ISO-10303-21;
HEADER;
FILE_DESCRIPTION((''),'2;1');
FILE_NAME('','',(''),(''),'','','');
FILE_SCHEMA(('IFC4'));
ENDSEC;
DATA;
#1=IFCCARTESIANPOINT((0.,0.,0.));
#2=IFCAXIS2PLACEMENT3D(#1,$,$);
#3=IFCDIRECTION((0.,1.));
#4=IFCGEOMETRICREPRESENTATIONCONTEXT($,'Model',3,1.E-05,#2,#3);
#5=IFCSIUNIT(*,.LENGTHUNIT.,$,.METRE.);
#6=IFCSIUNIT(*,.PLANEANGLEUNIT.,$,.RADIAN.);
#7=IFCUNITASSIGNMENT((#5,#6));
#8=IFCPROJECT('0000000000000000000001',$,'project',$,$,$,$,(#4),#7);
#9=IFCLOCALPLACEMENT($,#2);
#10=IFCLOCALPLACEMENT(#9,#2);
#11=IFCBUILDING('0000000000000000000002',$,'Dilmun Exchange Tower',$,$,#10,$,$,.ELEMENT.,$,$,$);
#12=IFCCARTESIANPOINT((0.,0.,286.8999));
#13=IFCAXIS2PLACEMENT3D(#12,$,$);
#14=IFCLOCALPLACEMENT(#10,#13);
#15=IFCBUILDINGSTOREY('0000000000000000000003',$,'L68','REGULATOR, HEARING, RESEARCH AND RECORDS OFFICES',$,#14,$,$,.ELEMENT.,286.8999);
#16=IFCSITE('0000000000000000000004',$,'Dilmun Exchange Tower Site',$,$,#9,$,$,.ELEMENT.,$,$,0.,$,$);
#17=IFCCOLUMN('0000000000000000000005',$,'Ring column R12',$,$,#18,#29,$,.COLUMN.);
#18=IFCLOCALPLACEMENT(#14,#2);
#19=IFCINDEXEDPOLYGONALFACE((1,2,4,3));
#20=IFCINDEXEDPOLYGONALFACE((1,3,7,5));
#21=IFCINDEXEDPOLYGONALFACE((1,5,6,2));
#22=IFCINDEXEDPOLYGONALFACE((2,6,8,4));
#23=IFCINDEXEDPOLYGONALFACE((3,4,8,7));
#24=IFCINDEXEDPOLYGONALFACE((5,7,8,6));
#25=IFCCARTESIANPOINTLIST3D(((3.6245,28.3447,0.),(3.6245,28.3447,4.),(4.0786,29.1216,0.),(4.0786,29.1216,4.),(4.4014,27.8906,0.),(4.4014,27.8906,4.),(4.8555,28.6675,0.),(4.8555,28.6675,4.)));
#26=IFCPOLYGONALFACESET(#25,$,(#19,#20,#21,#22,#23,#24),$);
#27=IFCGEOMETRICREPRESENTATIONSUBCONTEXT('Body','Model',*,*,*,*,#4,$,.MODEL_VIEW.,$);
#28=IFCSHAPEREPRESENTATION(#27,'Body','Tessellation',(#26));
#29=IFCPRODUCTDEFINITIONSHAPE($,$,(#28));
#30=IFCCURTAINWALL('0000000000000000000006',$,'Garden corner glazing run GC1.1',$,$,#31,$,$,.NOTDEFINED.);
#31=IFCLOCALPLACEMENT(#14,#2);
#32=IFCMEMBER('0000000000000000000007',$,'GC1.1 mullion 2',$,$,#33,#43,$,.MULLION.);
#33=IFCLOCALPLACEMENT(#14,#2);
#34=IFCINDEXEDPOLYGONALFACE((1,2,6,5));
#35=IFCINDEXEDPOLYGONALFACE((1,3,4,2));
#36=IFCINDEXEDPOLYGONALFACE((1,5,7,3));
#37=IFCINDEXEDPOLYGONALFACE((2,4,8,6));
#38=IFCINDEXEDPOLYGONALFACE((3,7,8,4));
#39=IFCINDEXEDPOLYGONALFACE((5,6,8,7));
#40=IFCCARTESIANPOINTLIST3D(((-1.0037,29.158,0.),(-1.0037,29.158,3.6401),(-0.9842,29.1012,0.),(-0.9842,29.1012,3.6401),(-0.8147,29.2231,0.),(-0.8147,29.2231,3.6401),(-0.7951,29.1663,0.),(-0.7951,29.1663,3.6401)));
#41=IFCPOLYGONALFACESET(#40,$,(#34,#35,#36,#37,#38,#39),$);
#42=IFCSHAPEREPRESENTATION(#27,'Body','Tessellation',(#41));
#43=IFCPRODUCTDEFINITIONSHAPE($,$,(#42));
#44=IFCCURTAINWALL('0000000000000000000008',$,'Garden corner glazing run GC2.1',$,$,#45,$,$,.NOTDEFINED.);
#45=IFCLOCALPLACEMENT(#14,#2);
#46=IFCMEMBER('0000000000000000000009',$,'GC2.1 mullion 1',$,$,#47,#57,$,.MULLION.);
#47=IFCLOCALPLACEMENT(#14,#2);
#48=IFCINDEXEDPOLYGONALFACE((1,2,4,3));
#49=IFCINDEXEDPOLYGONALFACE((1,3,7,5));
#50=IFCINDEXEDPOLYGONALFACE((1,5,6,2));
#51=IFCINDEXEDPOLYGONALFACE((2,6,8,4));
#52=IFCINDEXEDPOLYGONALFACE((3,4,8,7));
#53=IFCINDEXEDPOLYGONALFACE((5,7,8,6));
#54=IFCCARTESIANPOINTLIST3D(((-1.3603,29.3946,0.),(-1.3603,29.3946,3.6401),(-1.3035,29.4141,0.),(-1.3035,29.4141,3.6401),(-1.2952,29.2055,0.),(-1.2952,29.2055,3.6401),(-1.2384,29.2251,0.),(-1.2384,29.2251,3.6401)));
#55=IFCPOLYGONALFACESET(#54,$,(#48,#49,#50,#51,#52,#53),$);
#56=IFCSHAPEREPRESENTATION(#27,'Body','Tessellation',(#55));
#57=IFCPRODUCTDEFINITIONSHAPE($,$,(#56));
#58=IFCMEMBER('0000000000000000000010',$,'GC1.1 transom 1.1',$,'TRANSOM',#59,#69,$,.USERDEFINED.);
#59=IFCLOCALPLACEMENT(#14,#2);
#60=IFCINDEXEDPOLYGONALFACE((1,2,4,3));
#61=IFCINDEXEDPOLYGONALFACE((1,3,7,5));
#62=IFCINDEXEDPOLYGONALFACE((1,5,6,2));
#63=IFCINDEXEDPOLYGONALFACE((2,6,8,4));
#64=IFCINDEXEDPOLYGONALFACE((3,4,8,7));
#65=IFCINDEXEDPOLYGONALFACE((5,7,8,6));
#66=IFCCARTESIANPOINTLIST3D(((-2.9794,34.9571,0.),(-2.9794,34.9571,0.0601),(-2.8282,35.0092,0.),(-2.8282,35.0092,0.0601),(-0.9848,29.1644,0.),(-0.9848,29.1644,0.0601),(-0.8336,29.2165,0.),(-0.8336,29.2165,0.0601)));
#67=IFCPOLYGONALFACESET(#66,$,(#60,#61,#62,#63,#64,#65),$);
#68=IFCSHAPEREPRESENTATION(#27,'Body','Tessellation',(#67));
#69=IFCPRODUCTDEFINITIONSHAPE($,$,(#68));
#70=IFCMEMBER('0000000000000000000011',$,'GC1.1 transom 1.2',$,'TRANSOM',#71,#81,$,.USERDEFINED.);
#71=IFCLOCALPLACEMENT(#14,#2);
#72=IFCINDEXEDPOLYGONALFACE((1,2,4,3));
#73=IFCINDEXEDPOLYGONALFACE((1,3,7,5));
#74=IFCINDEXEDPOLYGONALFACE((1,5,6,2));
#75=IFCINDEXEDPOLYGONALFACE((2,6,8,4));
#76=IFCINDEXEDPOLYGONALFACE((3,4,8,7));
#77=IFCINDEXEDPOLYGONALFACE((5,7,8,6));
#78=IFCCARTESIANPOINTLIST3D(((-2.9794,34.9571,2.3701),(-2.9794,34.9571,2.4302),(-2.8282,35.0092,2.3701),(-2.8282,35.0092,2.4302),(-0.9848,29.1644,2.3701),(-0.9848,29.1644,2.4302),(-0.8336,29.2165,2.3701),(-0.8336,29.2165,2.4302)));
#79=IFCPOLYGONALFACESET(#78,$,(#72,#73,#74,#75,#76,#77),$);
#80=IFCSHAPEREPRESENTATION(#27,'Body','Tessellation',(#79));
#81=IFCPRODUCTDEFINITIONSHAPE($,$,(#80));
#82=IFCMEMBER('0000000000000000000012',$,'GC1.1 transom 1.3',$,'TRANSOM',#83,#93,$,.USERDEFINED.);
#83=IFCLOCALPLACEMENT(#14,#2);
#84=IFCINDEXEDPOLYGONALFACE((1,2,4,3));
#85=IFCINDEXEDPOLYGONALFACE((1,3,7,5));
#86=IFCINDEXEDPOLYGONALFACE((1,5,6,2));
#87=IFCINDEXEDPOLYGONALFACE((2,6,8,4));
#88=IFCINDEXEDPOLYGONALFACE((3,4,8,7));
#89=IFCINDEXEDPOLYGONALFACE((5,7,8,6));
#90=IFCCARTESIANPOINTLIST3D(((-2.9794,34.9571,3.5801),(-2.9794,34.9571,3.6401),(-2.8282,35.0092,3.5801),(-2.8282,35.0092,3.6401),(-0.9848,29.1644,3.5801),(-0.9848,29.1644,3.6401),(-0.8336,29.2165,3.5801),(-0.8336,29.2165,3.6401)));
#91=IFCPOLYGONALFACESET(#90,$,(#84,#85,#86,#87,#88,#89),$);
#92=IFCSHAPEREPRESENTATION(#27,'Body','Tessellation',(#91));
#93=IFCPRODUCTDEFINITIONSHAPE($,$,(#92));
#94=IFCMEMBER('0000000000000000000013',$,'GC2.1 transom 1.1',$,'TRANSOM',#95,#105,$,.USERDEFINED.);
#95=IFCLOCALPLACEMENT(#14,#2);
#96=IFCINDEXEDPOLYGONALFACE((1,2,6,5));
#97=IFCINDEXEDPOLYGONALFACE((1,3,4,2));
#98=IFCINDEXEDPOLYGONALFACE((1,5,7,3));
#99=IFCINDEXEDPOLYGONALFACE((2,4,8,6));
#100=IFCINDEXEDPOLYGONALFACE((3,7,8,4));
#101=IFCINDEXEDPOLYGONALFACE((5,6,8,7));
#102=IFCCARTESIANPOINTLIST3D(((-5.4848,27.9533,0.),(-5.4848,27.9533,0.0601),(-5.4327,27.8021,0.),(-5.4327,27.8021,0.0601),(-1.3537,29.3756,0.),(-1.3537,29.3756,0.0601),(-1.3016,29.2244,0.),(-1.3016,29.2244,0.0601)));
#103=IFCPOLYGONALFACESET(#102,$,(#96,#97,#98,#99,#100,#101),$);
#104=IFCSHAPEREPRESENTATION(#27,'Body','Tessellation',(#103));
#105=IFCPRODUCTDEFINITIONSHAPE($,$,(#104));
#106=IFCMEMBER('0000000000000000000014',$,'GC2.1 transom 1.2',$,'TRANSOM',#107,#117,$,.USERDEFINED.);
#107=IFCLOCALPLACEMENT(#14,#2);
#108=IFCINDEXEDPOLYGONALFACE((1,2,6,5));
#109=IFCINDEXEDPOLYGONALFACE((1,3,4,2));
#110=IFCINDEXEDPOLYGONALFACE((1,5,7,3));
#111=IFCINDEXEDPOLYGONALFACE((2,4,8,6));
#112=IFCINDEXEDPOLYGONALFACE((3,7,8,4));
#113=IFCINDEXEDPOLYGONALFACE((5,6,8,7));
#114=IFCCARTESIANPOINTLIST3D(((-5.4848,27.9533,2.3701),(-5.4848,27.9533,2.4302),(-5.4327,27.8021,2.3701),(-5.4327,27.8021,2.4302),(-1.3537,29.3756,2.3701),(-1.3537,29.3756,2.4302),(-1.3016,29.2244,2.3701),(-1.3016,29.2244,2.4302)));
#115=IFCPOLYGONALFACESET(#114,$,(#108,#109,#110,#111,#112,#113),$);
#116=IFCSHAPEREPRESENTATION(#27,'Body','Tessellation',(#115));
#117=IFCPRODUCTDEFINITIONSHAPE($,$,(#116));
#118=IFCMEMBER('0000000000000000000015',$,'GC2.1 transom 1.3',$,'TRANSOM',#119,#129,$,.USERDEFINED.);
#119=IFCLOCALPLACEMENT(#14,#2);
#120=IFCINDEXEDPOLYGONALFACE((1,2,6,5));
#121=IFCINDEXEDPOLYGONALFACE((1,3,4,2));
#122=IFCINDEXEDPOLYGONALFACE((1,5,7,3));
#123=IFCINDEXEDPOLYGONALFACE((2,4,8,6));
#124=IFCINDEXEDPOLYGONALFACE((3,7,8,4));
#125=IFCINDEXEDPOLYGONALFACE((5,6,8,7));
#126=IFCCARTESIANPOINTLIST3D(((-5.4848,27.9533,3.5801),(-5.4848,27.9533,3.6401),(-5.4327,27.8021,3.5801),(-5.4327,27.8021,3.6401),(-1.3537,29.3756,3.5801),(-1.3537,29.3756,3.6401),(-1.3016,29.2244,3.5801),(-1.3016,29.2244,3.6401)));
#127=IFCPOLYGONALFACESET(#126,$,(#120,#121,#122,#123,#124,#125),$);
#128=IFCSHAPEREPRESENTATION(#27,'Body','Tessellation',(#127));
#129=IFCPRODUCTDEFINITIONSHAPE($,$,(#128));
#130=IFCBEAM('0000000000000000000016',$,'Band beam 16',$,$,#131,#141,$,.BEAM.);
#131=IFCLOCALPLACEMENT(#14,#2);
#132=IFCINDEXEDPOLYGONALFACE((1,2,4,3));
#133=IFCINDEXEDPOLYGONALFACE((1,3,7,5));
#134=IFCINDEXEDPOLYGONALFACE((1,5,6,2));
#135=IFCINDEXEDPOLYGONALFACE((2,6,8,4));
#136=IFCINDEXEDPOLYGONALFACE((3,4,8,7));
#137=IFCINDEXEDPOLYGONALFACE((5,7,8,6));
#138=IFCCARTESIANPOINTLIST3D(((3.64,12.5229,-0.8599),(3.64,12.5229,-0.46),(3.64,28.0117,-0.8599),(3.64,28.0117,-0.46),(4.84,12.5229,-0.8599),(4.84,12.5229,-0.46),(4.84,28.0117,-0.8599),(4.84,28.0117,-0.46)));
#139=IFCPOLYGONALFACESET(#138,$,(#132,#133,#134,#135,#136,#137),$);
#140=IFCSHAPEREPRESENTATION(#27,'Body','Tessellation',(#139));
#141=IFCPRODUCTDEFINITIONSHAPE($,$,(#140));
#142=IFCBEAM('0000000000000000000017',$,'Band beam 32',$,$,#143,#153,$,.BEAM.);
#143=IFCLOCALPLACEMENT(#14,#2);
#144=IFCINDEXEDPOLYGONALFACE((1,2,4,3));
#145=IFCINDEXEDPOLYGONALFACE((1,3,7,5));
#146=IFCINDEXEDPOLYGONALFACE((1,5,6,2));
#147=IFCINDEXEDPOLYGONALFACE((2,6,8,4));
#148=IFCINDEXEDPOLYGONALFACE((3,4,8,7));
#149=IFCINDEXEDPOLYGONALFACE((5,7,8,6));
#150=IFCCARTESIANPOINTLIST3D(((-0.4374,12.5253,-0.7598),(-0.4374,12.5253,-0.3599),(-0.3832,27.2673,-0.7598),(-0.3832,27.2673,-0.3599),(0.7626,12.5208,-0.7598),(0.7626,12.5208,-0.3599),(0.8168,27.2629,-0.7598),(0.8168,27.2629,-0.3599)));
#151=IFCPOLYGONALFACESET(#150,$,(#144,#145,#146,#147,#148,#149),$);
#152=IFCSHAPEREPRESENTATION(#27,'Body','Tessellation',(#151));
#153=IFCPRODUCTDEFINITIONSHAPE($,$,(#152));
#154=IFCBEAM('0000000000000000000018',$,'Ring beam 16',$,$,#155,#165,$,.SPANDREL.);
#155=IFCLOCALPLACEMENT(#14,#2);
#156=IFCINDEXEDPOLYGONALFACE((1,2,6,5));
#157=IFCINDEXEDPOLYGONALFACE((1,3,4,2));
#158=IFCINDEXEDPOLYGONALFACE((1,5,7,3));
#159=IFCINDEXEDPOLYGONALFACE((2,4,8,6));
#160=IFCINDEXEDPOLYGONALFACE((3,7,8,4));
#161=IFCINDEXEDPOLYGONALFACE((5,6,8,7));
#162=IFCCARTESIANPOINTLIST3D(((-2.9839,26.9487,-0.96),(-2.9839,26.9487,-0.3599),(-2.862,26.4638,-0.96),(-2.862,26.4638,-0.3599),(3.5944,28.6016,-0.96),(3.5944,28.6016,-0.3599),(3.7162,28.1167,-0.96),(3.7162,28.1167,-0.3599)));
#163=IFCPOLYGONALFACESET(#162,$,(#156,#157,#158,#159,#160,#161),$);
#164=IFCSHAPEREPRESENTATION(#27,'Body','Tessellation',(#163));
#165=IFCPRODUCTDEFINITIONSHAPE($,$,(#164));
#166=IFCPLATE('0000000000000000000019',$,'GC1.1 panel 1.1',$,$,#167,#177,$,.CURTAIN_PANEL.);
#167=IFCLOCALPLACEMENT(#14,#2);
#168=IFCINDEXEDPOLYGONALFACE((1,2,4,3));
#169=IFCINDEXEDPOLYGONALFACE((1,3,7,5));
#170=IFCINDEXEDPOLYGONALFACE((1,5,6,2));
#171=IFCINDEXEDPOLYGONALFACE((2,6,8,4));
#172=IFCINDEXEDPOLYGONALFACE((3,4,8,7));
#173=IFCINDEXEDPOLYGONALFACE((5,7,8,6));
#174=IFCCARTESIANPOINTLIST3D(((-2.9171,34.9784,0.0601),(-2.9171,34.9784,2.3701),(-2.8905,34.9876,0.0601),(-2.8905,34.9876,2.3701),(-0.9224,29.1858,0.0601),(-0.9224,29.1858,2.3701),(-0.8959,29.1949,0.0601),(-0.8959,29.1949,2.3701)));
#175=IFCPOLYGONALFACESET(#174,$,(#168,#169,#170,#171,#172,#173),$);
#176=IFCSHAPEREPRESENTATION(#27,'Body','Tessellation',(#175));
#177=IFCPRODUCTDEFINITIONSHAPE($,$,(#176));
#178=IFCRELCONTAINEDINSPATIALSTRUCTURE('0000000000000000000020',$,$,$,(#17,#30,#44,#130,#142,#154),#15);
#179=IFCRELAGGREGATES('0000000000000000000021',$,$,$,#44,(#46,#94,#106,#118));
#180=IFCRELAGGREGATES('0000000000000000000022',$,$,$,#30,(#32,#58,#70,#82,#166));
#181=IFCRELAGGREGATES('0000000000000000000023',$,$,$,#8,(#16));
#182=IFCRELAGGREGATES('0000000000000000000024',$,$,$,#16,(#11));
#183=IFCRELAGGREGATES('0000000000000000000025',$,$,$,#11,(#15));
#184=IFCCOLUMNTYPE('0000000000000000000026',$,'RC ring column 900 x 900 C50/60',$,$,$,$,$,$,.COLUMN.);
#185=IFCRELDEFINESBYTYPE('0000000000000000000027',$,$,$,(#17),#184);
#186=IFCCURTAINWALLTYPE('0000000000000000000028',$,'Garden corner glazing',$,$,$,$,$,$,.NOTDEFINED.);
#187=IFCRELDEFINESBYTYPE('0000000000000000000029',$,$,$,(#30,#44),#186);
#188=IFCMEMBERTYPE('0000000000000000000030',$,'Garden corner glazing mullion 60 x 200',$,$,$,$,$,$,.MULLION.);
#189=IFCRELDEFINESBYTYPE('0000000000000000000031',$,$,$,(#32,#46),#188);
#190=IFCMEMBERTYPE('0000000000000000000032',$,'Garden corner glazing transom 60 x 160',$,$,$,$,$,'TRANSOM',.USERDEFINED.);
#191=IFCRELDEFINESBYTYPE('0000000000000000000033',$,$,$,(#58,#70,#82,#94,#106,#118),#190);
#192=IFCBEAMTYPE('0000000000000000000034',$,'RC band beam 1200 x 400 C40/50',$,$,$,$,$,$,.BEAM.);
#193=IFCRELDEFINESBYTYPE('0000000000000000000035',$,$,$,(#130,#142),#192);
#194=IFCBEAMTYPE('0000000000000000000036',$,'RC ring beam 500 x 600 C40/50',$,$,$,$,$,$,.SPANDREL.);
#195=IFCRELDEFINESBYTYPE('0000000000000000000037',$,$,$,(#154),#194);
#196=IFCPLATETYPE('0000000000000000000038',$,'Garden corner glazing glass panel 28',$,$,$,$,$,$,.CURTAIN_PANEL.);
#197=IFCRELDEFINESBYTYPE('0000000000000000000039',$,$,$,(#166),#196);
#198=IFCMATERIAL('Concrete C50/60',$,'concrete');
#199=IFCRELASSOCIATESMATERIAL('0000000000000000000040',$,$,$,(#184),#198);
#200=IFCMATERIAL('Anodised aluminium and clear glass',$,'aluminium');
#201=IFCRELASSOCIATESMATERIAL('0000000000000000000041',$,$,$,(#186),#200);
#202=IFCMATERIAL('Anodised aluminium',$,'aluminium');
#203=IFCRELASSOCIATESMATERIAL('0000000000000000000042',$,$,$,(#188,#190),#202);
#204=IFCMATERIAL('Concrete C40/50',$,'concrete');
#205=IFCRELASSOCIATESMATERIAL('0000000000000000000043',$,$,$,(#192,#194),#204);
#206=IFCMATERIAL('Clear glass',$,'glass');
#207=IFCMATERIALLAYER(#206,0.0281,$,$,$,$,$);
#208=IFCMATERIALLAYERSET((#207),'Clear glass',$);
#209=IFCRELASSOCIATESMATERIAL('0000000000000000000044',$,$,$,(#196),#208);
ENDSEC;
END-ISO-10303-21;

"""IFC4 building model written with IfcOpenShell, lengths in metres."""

from ifc_helpers import new_model, si_unit, direction, frame, origin, origin_2d, place, context, subcontext, project, spatial, rectangle, extrude, material, layer, layer_set, material_profile, profile_set, type_object, element, aggregate, save


model = new_model("IFC4")

# Units and contexts
model_context = context("Model", 3, precision=1e-05, world=origin(), true_north=direction((0.0, 1.0)))
body_context = subcontext(model_context, "Body", "Model", "MODEL_VIEW")
ifc_project = project(units=[si_unit("LENGTHUNIT", "METRE"), si_unit("PLANEANGLEUNIT", "RADIAN")], contexts=[model_context])

# Site, building, storey
site_placement = place(None, origin())
site = spatial("IfcSite", under=ifc_project, at=site_placement, Name="Dilmun Exchange Tower Site", CompositionType="ELEMENT", RefElevation=0.0)
building_placement = place(site_placement, origin())
building = spatial("IfcBuilding", under=site, at=building_placement, Name="Dilmun Exchange Tower", CompositionType="ELEMENT")
storey_placement = place(building_placement, frame((0.0, 0.0, 286.8999)))
storey = spatial("IfcBuildingStorey", under=building, at=storey_placement, Name="L68", Description="REGULATOR, HEARING, RESEARCH AND RECORDS OFFICES", CompositionType="ELEMENT", Elevation=286.8999)

# Column
ifc_material_1 = material(Name="Concrete C50/60", Category="concrete")
ifc_material_profile_1 = material_profile(ifc_material_1, rectangle(XDim=0.8999, YDim=0.8999, at=origin_2d()), Name="900 x 900")
ifc_profile_set_1 = profile_set([ifc_material_profile_1], Name="Concrete C50/60")
column_type = type_object("IfcColumnType", Name="RC ring column 900 x 900 C50/60", PredefinedType="COLUMN", material=ifc_profile_set_1)
column_placement = place(storey_placement, frame((4.24, 28.5061, 0.0), z_axis=(0.0, 0.0, 1.0), x_axis=(0.504644, 0.863328, 0.0)))
element("IfcColumn", 1, at=column_placement, inside=storey, type_object=column_type, Name="Ring column R12", PredefinedType="COLUMN", context=body_context, shape_type="SweptSolid", body=[
    extrude(rectangle(XDim=0.8999, YDim=0.8999, at=origin_2d()), origin(), (0.0, 0.0, 1.0), 4.0),
])

# Curtain walls, members
ifc_material_2 = material(Name="Anodised aluminium and clear glass", Category="aluminium")
curtain_wall_type = type_object("IfcCurtainWallType", Name="Garden corner glazing", PredefinedType="NOTDEFINED", material=ifc_material_2)
curtain_wall_1_placement = place(storey_placement, origin())
curtain_wall_1 = element("IfcCurtainWall", 2, at=curtain_wall_1_placement, inside=storey, type_object=curtain_wall_type, Name="Garden corner glazing run GC1.1", PredefinedType="NOTDEFINED")
ifc_material_3 = material(Name="Anodised aluminium", Category="aluminium")
ifc_material_profile_2 = material_profile(ifc_material_3, rectangle(XDim=0.2, YDim=0.0601, at=origin_2d()), Name="AL 60x200")
ifc_profile_set_2 = profile_set([ifc_material_profile_2], Name="Anodised aluminium")
member_type_1 = type_object("IfcMemberType", Name="Garden corner glazing mullion 60 x 200", PredefinedType="MULLION", material=ifc_profile_set_2)
member_1_placement = place(storey_placement, frame((-0.8994, 29.1621, 0.0), z_axis=(0.0, 0.0, 1.0), x_axis=(0.945515, 0.325578, 0.0)))
member_1 = element("IfcMember", 3, at=member_1_placement, type_object=member_type_1, Name="GC1.1 mullion 2", PredefinedType="MULLION", context=body_context, shape_type="SweptSolid", body=[
    extrude(rectangle(XDim=0.2, YDim=0.0601, at=origin_2d()), origin(), (0.0, 0.0, 1.0), 3.6401),
])
curtain_wall_2_placement = place(storey_placement, origin())
curtain_wall_2 = element("IfcCurtainWall", 4, at=curtain_wall_2_placement, inside=storey, type_object=curtain_wall_type, Name="Garden corner glazing run GC2.1", PredefinedType="NOTDEFINED")
member_2_placement = place(storey_placement, frame((-1.2993, 29.3098, 0.0), z_axis=(0.0, 0.0, 1.0), x_axis=(0.325562, -0.945521, 0.0)))
member_2 = element("IfcMember", 5, at=member_2_placement, type_object=member_type_1, Name="GC2.1 mullion 1", PredefinedType="MULLION", context=body_context, shape_type="SweptSolid", body=[
    extrude(rectangle(XDim=0.2, YDim=0.0601, at=origin_2d()), origin(), (0.0, 0.0, 1.0), 3.6401),
])

# Members
ifc_material_profile_3 = material_profile(ifc_material_3, rectangle(XDim=0.1599, YDim=0.0601, at=origin_2d()), Name="AL 60x160")
ifc_profile_set_3 = profile_set([ifc_material_profile_3], Name="Anodised aluminium")
member_type_2 = type_object("IfcMemberType", Name="Garden corner glazing transom 60 x 160", ElementType="TRANSOM", PredefinedType="USERDEFINED", material=ifc_profile_set_3)
member_3_placement = place(storey_placement, frame((-2.9038, 34.9832, 0.03), z_axis=(0.325573, -0.945517, 0.0), x_axis=(0.945517, 0.325573, 0.0)))
member_3 = element("IfcMember", 6, at=member_3_placement, type_object=member_type_2, Name="GC1.1 transom 1.1", ObjectType="TRANSOM", PredefinedType="USERDEFINED", context=body_context, shape_type="SweptSolid", body=[
    extrude(rectangle(XDim=0.1599, YDim=0.0601, at=origin_2d()), origin(), (0.0, 0.0, 1.0), 6.1265),
])
member_4_placement = place(storey_placement, frame((-2.9038, 34.9832, 2.4001), z_axis=(0.325573, -0.945517, 0.0), x_axis=(0.945517, 0.325573, 0.0)))
member_4 = element("IfcMember", 7, at=member_4_placement, type_object=member_type_2, Name="GC1.1 transom 1.2", ObjectType="TRANSOM", PredefinedType="USERDEFINED", context=body_context, shape_type="SweptSolid", body=[
    extrude(rectangle(XDim=0.1599, YDim=0.0601, at=origin_2d()), origin(), (0.0, 0.0, 1.0), 6.1265),
])
member_5_placement = place(storey_placement, frame((-2.9038, 34.9832, 3.6101), z_axis=(0.325573, -0.945517, 0.0), x_axis=(0.945517, 0.325573, 0.0)))
member_5 = element("IfcMember", 8, at=member_5_placement, type_object=member_type_2, Name="GC1.1 transom 1.3", ObjectType="TRANSOM", PredefinedType="USERDEFINED", context=body_context, shape_type="SweptSolid", body=[
    extrude(rectangle(XDim=0.1599, YDim=0.0601, at=origin_2d()), origin(), (0.0, 0.0, 1.0), 6.1265),
])
member_6_placement = place(storey_placement, frame((-1.3276, 29.3, 0.03), z_axis=(-0.945525, -0.32555, 0.0), x_axis=(0.32555, -0.945525, 0.0)))
member_6 = element("IfcMember", 9, at=member_6_placement, type_object=member_type_2, Name="GC2.1 transom 1.1", ObjectType="TRANSOM", PredefinedType="USERDEFINED", context=body_context, shape_type="SweptSolid", body=[
    extrude(rectangle(XDim=0.1599, YDim=0.0601, at=origin_2d()), origin(), (0.0, 0.0, 1.0), 4.3691),
])
member_7_placement = place(storey_placement, frame((-1.3276, 29.3, 2.4001), z_axis=(-0.945525, -0.32555, 0.0), x_axis=(0.32555, -0.945525, 0.0)))
member_7 = element("IfcMember", 10, at=member_7_placement, type_object=member_type_2, Name="GC2.1 transom 1.2", ObjectType="TRANSOM", PredefinedType="USERDEFINED", context=body_context, shape_type="SweptSolid", body=[
    extrude(rectangle(XDim=0.1599, YDim=0.0601, at=origin_2d()), origin(), (0.0, 0.0, 1.0), 4.3691),
])
member_8_placement = place(storey_placement, frame((-1.3276, 29.3, 3.6101), z_axis=(-0.945525, -0.32555, 0.0), x_axis=(0.32555, -0.945525, 0.0)))
member_8 = element("IfcMember", 11, at=member_8_placement, type_object=member_type_2, Name="GC2.1 transom 1.3", ObjectType="TRANSOM", PredefinedType="USERDEFINED", context=body_context, shape_type="SweptSolid", body=[
    extrude(rectangle(XDim=0.1599, YDim=0.0601, at=origin_2d()), origin(), (0.0, 0.0, 1.0), 4.3691),
])
aggregate(curtain_wall_2, [member_2, member_6, member_7, member_8])

# Beams
ifc_material_4 = material(Name="Concrete C40/50", Category="concrete")
ifc_material_profile_4 = material_profile(ifc_material_4, rectangle(XDim=1.2, YDim=0.3999, at=origin_2d()), Name="1200 x 400")
ifc_profile_set_4 = profile_set([ifc_material_profile_4], Name="Concrete C40/50")
beam_type_1 = type_object("IfcBeamType", Name="RC band beam 1200 x 400 C40/50", PredefinedType="BEAM", material=ifc_profile_set_4)
beam_1_placement = place(storey_placement, frame((4.24, 28.0117, -0.6599), z_axis=(0.0, -1.0, 0.0), x_axis=(1.0, 0.0, 0.0)))
element("IfcBeam", 12, at=beam_1_placement, inside=storey, type_object=beam_type_1, Name="Band beam 16", PredefinedType="BEAM", context=body_context, shape_type="SweptSolid", body=[
    extrude(rectangle(XDim=1.2, YDim=0.3999, at=origin_2d()), origin(), (0.0, 0.0, 1.0), 15.4888),
])
beam_2_placement = place(storey_placement, frame((0.2168, 27.2651, -0.5598), z_axis=(-0.003676, -0.999993, 0.0), x_axis=(0.999993, -0.003676, 0.0)))
element("IfcBeam", 13, at=beam_2_placement, inside=storey, type_object=beam_type_1, Name="Band beam 32", PredefinedType="BEAM", context=body_context, shape_type="SweptSolid", body=[
    extrude(rectangle(XDim=1.2, YDim=0.3999, at=origin_2d()), origin(), (0.0, 0.0, 1.0), 14.7422),
])
ifc_material_profile_5 = material_profile(ifc_material_4, rectangle(XDim=0.5, YDim=0.6001, at=origin_2d()), Name="500 x 600")
ifc_profile_set_5 = profile_set([ifc_material_profile_5], Name="Concrete C40/50")
beam_type_2 = type_object("IfcBeamType", Name="RC ring beam 500 x 600 C40/50", PredefinedType="SPANDREL", material=ifc_profile_set_5)
beam_3_placement = place(storey_placement, frame((3.6553, 28.3591, -0.6599), z_axis=(-0.969854, -0.243687, 0.0), x_axis=(0.243687, -0.969854, 0.0)))
element("IfcBeam", 14, at=beam_3_placement, inside=storey, type_object=beam_type_2, Name="Ring beam 16", PredefinedType="SPANDREL", context=body_context, shape_type="SweptSolid", body=[
    extrude(rectangle(XDim=0.5, YDim=0.6001, at=origin_2d()), origin(), (0.0, 0.0, 1.0), 6.7827),
])

# Plate
ifc_material_5 = material(Name="Clear glass", Category="glass")
ifc_layer_1 = layer(ifc_material_5, 0.0281)
ifc_layer_set_1 = layer_set([ifc_layer_1], Name="Clear glass")
plate_type = type_object("IfcPlateType", Name="Garden corner glazing glass panel 28", PredefinedType="CURTAIN_PANEL", material=ifc_layer_set_1)
plate_1_placement = place(storey_placement, frame((-1.9065, 32.0867, 0.0601), z_axis=(0.0, 0.0, 1.0), x_axis=(0.325578, -0.945515, 0.0)))
plate_1 = element("IfcPlate", 15, at=plate_1_placement, type_object=plate_type, Name="GC1.1 panel 1.1", PredefinedType="CURTAIN_PANEL", context=body_context, shape_type="SweptSolid", body=[
    extrude(rectangle(XDim=6.1265, YDim=0.0281, at=origin_2d()), origin(), (0.0, 0.0, 1.0), 2.3101),
])
aggregate(curtain_wall_1, [member_1, member_3, member_4, member_5, plate_1])

save(model, "model.ifc")
